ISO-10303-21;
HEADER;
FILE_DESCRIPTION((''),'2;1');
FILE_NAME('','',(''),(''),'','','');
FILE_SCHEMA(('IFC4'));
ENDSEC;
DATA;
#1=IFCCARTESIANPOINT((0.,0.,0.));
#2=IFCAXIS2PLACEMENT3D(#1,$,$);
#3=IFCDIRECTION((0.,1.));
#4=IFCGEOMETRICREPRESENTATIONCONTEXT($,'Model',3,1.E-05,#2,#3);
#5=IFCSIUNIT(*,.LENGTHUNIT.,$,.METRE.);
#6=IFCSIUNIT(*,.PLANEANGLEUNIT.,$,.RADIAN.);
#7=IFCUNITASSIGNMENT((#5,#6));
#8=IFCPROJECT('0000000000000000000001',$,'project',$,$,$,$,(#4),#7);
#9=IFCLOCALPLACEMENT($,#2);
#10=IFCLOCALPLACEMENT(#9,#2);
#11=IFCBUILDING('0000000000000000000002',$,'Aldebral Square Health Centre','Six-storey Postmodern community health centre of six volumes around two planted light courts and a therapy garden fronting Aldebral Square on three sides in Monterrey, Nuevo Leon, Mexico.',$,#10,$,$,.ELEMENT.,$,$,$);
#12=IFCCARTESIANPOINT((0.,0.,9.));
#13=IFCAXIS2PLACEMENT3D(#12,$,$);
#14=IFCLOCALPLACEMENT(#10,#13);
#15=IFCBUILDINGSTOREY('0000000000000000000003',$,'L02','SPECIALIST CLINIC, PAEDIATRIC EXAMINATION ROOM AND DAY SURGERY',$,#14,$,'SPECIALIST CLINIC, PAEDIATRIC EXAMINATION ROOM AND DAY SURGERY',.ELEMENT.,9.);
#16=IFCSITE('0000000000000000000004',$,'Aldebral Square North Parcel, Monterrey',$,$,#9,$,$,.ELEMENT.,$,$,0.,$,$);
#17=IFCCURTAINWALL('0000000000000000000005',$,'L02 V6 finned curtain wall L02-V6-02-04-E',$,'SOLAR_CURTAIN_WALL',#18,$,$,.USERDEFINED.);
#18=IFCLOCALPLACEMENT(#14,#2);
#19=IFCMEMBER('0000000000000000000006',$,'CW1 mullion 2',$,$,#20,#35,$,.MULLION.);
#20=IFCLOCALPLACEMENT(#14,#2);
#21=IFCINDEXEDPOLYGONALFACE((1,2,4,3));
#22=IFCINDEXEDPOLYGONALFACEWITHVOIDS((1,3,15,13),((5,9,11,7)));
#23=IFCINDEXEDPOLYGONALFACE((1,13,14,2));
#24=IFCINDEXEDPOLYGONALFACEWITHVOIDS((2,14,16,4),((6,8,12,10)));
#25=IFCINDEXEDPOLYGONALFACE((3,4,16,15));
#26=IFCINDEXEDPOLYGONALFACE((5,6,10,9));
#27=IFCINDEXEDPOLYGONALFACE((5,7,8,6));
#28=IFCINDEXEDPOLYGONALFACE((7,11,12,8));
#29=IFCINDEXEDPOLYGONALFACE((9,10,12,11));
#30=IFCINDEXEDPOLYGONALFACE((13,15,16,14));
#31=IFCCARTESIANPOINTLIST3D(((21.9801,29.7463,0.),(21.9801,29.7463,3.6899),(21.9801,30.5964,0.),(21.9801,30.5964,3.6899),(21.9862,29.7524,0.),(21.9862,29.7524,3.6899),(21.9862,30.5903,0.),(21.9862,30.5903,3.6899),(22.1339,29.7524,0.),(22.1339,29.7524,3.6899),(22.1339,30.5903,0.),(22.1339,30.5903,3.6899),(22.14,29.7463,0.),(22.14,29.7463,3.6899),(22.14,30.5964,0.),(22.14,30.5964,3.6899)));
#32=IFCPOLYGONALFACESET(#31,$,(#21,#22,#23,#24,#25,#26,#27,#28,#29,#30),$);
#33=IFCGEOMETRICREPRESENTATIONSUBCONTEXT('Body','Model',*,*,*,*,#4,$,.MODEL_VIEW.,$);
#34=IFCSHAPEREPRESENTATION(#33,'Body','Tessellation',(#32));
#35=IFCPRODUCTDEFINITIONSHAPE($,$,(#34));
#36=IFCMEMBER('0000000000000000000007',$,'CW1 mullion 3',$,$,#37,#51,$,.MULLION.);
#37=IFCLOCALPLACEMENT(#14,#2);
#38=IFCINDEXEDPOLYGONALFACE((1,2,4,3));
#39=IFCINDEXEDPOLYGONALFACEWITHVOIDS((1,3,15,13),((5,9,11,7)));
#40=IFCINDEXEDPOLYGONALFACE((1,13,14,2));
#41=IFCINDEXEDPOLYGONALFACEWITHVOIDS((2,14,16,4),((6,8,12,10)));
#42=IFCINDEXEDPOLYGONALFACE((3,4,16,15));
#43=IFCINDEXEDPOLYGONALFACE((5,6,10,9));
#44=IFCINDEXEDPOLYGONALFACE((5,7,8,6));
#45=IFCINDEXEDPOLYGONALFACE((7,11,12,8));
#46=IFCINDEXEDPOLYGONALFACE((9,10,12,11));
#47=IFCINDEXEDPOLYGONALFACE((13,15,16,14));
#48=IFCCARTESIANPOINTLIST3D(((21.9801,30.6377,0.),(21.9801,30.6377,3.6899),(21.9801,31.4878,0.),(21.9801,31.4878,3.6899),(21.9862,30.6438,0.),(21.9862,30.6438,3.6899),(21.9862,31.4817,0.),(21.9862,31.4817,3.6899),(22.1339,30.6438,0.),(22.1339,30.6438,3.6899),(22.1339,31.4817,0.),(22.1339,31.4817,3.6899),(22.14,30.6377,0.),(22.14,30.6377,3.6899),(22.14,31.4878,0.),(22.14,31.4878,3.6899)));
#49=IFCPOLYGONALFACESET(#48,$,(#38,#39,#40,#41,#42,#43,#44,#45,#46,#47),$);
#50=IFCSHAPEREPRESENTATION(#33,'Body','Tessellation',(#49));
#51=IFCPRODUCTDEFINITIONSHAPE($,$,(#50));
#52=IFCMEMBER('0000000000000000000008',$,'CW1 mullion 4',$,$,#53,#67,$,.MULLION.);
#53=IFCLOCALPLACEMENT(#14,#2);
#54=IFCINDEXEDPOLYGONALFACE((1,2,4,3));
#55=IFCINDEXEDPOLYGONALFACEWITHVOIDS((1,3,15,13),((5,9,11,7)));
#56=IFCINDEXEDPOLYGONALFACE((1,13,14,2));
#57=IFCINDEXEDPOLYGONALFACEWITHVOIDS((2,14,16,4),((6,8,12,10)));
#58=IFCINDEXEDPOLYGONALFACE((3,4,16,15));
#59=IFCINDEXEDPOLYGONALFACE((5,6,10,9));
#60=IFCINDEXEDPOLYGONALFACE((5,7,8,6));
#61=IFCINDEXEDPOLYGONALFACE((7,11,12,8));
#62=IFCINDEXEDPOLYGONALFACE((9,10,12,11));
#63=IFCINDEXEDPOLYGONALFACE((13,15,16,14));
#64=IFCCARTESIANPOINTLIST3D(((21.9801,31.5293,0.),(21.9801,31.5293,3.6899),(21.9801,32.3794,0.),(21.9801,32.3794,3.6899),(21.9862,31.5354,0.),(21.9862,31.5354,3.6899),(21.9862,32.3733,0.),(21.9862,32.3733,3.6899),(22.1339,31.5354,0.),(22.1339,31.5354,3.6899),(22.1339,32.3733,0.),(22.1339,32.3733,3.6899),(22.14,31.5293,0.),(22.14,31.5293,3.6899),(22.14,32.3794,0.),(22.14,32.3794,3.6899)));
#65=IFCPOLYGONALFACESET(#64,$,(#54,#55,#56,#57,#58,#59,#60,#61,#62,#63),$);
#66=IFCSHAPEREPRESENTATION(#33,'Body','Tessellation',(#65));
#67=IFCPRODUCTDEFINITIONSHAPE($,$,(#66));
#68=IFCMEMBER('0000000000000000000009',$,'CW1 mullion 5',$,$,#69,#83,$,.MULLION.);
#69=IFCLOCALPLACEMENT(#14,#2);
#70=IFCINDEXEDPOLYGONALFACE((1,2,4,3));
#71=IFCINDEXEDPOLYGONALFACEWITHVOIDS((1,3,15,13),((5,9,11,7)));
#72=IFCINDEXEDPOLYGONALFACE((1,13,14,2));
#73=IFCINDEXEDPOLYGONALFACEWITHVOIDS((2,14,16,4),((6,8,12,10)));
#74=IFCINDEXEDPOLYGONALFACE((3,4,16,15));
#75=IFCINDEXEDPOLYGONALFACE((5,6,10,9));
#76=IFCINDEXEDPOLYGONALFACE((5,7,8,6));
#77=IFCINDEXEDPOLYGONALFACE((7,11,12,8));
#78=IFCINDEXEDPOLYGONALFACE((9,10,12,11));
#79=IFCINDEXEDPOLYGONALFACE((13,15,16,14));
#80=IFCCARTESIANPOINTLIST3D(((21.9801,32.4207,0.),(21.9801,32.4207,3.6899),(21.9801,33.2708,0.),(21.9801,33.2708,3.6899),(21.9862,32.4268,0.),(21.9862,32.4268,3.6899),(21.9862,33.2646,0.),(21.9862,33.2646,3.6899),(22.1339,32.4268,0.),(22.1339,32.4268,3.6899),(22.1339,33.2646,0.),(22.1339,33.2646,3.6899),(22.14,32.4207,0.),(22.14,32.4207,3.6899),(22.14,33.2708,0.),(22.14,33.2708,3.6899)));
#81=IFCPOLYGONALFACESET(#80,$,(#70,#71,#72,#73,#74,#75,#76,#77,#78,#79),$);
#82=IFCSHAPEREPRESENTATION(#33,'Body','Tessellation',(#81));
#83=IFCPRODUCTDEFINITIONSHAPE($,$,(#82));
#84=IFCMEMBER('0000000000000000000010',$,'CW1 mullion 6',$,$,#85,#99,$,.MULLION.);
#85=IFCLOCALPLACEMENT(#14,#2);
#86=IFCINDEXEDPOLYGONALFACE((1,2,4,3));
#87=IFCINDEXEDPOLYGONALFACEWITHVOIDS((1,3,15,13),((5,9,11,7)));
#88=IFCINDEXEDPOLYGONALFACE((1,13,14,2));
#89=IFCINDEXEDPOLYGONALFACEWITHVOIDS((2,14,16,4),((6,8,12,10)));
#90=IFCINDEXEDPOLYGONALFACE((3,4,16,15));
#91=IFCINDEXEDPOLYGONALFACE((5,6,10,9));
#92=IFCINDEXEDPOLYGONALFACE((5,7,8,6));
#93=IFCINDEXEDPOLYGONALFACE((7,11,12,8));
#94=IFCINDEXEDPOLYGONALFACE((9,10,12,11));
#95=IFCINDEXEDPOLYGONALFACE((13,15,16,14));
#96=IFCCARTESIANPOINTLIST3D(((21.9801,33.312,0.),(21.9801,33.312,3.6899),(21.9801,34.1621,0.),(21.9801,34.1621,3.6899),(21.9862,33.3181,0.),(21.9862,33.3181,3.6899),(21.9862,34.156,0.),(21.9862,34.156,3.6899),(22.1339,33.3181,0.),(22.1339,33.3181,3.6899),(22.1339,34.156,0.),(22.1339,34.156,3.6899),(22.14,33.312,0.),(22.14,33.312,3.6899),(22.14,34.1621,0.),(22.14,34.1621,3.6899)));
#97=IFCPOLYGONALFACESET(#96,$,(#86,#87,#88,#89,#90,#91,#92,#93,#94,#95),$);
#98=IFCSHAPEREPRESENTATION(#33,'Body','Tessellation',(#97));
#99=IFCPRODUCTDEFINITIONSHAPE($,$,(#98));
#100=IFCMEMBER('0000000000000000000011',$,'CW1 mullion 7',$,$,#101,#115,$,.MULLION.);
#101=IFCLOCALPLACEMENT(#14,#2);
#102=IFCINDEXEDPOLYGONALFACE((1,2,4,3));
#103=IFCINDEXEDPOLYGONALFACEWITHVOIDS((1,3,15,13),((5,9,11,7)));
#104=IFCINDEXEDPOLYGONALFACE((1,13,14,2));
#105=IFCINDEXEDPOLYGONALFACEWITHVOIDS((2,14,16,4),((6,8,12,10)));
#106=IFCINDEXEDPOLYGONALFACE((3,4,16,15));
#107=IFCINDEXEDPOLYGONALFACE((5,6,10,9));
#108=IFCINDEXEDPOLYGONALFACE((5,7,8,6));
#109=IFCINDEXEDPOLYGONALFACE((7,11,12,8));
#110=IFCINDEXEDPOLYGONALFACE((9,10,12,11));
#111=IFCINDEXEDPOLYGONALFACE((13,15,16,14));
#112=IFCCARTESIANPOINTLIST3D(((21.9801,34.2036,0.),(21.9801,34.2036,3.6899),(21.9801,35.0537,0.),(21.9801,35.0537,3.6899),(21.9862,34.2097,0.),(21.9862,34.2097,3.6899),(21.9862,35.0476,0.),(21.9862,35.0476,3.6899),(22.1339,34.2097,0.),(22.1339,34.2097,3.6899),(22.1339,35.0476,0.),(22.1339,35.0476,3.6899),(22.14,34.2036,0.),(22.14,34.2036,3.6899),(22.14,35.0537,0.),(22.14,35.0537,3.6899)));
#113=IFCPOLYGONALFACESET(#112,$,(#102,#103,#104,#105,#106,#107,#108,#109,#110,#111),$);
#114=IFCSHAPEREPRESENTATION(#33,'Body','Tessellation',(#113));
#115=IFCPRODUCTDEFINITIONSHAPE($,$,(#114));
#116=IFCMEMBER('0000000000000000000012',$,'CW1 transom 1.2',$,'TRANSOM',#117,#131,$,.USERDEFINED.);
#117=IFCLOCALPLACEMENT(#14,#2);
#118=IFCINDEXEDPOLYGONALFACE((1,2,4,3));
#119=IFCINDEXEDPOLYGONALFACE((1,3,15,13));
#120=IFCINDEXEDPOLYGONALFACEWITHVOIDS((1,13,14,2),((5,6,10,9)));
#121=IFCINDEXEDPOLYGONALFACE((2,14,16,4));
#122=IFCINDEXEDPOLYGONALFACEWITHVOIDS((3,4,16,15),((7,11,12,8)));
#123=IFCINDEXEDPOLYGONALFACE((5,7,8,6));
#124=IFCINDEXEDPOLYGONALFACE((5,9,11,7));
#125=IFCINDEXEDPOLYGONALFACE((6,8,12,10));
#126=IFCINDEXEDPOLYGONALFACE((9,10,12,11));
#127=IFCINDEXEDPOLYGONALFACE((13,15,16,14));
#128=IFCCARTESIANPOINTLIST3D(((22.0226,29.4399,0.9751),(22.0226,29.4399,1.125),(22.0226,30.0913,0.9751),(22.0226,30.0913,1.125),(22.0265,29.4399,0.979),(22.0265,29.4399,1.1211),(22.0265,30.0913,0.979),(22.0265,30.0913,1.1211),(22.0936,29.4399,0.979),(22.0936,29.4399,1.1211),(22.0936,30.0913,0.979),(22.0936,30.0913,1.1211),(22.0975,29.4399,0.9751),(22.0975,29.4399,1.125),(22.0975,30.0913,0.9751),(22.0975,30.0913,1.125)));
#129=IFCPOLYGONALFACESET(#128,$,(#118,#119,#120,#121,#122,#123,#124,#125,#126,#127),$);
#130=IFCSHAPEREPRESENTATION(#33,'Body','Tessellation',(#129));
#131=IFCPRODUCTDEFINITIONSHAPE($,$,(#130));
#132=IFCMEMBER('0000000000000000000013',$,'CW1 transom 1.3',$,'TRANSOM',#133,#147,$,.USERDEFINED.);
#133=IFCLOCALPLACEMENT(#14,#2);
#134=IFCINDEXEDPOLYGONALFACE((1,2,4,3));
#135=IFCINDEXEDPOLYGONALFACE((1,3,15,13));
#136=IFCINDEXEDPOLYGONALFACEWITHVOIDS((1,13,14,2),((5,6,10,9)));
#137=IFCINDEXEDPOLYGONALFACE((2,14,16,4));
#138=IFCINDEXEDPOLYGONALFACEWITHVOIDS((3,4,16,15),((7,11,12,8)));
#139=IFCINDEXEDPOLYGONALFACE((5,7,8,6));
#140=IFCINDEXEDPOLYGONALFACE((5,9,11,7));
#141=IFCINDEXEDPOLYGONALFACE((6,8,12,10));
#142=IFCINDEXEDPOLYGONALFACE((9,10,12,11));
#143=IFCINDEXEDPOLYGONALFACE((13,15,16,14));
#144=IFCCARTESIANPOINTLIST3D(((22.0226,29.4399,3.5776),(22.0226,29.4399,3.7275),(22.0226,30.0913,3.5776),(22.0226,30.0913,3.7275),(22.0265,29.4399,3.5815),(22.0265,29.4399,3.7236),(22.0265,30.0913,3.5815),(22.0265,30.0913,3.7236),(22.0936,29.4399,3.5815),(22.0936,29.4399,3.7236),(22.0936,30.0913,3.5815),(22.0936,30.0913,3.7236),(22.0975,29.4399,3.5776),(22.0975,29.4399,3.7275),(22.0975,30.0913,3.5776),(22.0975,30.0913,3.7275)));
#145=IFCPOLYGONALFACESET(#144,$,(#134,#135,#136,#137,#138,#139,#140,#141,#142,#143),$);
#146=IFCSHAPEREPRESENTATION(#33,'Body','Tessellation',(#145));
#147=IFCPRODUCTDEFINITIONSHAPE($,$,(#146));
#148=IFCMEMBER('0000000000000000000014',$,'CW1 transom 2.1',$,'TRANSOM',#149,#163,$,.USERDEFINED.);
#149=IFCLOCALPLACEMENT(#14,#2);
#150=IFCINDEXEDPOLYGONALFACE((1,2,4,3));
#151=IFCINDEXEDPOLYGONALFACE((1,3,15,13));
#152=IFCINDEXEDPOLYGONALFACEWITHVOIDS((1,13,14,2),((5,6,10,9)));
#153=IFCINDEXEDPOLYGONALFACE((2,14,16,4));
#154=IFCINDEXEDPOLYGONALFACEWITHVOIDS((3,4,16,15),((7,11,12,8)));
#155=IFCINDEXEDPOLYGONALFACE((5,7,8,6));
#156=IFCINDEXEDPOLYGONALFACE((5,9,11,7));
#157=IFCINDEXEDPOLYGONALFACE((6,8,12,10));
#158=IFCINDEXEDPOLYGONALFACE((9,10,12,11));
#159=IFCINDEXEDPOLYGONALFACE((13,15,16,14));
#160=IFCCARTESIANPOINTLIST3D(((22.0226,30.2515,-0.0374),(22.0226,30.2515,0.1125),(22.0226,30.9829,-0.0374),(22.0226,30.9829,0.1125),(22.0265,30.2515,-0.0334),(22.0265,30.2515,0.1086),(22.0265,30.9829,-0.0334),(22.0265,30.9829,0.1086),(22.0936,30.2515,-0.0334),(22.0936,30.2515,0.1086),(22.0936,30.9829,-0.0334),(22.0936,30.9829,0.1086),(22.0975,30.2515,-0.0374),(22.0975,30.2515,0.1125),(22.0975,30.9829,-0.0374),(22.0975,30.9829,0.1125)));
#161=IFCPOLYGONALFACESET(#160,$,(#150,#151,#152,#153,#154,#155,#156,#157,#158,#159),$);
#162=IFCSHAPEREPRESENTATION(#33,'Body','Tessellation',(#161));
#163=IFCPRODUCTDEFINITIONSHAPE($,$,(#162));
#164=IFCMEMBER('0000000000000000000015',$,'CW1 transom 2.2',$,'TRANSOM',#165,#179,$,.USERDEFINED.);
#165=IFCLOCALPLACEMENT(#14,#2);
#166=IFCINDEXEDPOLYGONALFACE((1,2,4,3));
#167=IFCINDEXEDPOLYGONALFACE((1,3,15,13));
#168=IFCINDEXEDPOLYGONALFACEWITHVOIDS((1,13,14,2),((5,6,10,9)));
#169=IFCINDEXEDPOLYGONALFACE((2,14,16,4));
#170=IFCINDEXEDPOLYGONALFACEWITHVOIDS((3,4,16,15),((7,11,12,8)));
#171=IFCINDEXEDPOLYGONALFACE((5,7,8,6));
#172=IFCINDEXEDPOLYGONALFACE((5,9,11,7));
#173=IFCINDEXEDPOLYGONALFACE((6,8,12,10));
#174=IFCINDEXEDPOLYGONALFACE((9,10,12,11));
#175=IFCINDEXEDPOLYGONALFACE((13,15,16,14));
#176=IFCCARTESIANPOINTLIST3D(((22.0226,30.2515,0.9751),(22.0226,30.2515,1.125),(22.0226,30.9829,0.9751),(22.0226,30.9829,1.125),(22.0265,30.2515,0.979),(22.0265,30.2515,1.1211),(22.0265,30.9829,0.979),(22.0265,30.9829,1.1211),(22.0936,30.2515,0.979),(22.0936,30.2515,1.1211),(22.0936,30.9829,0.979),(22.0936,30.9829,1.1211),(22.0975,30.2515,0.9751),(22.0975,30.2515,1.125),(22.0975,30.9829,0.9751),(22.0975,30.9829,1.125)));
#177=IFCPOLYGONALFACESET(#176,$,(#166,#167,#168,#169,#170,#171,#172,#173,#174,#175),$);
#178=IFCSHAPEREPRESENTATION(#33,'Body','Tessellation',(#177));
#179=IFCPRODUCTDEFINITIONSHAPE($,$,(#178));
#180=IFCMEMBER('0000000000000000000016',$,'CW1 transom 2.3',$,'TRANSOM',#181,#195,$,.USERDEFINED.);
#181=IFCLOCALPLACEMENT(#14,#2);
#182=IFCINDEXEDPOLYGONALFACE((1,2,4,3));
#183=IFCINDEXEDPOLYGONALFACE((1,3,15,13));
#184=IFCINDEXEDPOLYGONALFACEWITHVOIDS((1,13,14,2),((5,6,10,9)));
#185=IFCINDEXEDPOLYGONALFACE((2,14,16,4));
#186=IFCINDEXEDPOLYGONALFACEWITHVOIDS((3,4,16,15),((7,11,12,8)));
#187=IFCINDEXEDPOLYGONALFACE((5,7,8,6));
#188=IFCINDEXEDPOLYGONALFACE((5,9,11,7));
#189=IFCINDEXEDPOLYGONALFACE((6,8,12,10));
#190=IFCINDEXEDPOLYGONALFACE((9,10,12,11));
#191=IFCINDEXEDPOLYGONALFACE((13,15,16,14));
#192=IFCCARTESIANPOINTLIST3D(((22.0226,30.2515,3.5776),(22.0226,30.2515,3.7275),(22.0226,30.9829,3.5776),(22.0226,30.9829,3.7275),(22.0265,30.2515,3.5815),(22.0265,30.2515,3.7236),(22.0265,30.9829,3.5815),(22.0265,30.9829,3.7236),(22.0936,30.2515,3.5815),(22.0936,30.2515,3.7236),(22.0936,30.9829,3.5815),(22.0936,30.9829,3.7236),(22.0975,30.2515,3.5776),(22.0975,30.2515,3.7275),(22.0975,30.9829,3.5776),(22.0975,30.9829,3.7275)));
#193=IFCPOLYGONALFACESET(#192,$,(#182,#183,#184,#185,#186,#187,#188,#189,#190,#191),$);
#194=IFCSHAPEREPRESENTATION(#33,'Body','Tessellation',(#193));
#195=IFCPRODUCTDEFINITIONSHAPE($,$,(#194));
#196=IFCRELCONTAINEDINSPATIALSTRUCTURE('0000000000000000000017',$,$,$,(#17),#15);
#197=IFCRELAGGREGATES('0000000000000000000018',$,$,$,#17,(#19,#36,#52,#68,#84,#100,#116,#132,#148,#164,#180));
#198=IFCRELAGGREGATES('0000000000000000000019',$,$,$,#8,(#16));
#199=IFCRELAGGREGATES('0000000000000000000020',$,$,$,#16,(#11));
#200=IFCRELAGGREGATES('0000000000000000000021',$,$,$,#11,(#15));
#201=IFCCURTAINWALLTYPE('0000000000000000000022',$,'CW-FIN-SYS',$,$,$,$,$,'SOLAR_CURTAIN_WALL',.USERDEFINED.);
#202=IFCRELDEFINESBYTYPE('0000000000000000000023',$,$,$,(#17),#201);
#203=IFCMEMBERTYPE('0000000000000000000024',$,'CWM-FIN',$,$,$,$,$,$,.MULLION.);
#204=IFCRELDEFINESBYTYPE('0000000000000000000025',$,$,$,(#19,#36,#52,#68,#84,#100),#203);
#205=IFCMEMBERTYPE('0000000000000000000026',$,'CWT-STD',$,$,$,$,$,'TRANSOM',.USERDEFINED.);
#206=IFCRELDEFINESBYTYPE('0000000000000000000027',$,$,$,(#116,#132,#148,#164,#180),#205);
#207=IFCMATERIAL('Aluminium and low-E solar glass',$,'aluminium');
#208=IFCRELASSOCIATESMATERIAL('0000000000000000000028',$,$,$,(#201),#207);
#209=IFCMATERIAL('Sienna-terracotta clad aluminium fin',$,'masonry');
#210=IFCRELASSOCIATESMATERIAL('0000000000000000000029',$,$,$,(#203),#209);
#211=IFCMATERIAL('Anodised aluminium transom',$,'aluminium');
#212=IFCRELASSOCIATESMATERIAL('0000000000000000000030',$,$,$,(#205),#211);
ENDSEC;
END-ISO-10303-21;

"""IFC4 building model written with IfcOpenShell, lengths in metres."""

from ifc_helpers import new_model, si_unit, direction, frame, origin, origin_2d, place, context, subcontext, project, spatial, hollow_rectangle, extrude, material, material_profile, profile_set, type_object, element, aggregate, save


model = new_model("IFC4")

# Units and contexts
model_context = context("Model", 3, precision=1e-05, world=origin(), true_north=direction((0.0, 1.0)))
body_context = subcontext(model_context, "Body", "Model", "MODEL_VIEW")
ifc_project = project(units=[si_unit("LENGTHUNIT", "METRE"), si_unit("PLANEANGLEUNIT", "RADIAN")], contexts=[model_context])

# Site, building, storey
site_placement = place(None, origin())
site = spatial("IfcSite", under=ifc_project, at=site_placement, Name="Aldebral Square North Parcel, Monterrey", CompositionType="ELEMENT", RefElevation=0.0)
building_placement = place(site_placement, origin())
building = spatial("IfcBuilding", under=site, at=building_placement, Name="Aldebral Square Health Centre", Description="Six-storey Postmodern community health centre of six volumes around two planted light courts and a therapy garden fronting Aldebral Square on three sides in Monterrey, Nuevo Leon, Mexico.", CompositionType="ELEMENT")
storey_placement = place(building_placement, frame((0.0, 0.0, 9.0)))
storey = spatial("IfcBuildingStorey", under=building, at=storey_placement, Name="L02", Description="SPECIALIST CLINIC, PAEDIATRIC EXAMINATION ROOM AND DAY SURGERY", LongName="SPECIALIST CLINIC, PAEDIATRIC EXAMINATION ROOM AND DAY SURGERY", CompositionType="ELEMENT", Elevation=9.0)

# Curtain wall, members
ifc_material_1 = material(Name="Aluminium and low-E solar glass", Category="aluminium")
curtain_wall_type = type_object("IfcCurtainWallType", Name="CW-FIN-SYS", ElementType="SOLAR_CURTAIN_WALL", PredefinedType="USERDEFINED", material=ifc_material_1)
curtain_wall_placement = place(storey_placement, origin())
curtain_wall = element("IfcCurtainWall", 1, at=curtain_wall_placement, inside=storey, type_object=curtain_wall_type, Name="L02 V6 finned curtain wall L02-V6-02-04-E", ObjectType="SOLAR_CURTAIN_WALL", PredefinedType="USERDEFINED")
ifc_material_2 = material(Name="Sienna-terracotta clad aluminium fin", Category="masonry")
ifc_material_profile_1 = material_profile(ifc_material_2, hollow_rectangle(XDim=0.1599, YDim=0.8501, WallThickness=0.0061, at=origin_2d()), Name="FIN 160x850x6")
ifc_profile_set_1 = profile_set([ifc_material_profile_1], Name="Sienna-terracotta clad aluminium fin")
member_type_1 = type_object("IfcMemberType", Name="CWM-FIN", PredefinedType="MULLION", material=ifc_profile_set_1)
member_1_placement = place(storey_placement, frame((22.0601, 30.1714, 0.0), z_axis=(0.0, 0.0, 1.0), x_axis=(-1.0, 0.0, 0.0)))
member_1 = element("IfcMember", 2, at=member_1_placement, type_object=member_type_1, Name="CW1 mullion 2", PredefinedType="MULLION", context=body_context, shape_type="SweptSolid", body=[
    extrude(hollow_rectangle(XDim=0.1599, YDim=0.8501, WallThickness=0.0061, at=origin_2d()), origin(), (0.0, 0.0, 1.0), 3.6899),
])
member_2_placement = place(storey_placement, frame((22.0601, 31.0627, 0.0), z_axis=(0.0, 0.0, 1.0), x_axis=(-1.0, 0.0, 0.0)))
member_2 = element("IfcMember", 3, at=member_2_placement, type_object=member_type_1, Name="CW1 mullion 3", PredefinedType="MULLION", context=body_context, shape_type="SweptSolid", body=[
    extrude(hollow_rectangle(XDim=0.1599, YDim=0.8501, WallThickness=0.0061, at=origin_2d()), origin(), (0.0, 0.0, 1.0), 3.6899),
])
member_3_placement = place(storey_placement, frame((22.0601, 31.9543, 0.0), z_axis=(0.0, 0.0, 1.0), x_axis=(-1.0, 0.0, 0.0)))
member_3 = element("IfcMember", 4, at=member_3_placement, type_object=member_type_1, Name="CW1 mullion 4", PredefinedType="MULLION", context=body_context, shape_type="SweptSolid", body=[
    extrude(hollow_rectangle(XDim=0.1599, YDim=0.8501, WallThickness=0.0061, at=origin_2d()), origin(), (0.0, 0.0, 1.0), 3.6899),
])
member_4_placement = place(storey_placement, frame((22.0601, 32.8457, 0.0), z_axis=(0.0, 0.0, 1.0), x_axis=(-1.0, 0.0, 0.0)))
member_4 = element("IfcMember", 5, at=member_4_placement, type_object=member_type_1, Name="CW1 mullion 5", PredefinedType="MULLION", context=body_context, shape_type="SweptSolid", body=[
    extrude(hollow_rectangle(XDim=0.1599, YDim=0.8501, WallThickness=0.0061, at=origin_2d()), origin(), (0.0, 0.0, 1.0), 3.6899),
])
member_5_placement = place(storey_placement, frame((22.0601, 33.7371, 0.0), z_axis=(0.0, 0.0, 1.0), x_axis=(-1.0, 0.0, 0.0)))
member_5 = element("IfcMember", 6, at=member_5_placement, type_object=member_type_1, Name="CW1 mullion 6", PredefinedType="MULLION", context=body_context, shape_type="SweptSolid", body=[
    extrude(hollow_rectangle(XDim=0.1599, YDim=0.8501, WallThickness=0.0061, at=origin_2d()), origin(), (0.0, 0.0, 1.0), 3.6899),
])
member_6_placement = place(storey_placement, frame((22.0601, 34.6287, 0.0), z_axis=(0.0, 0.0, 1.0), x_axis=(-1.0, 0.0, 0.0)))
member_6 = element("IfcMember", 7, at=member_6_placement, type_object=member_type_1, Name="CW1 mullion 7", PredefinedType="MULLION", context=body_context, shape_type="SweptSolid", body=[
    extrude(hollow_rectangle(XDim=0.1599, YDim=0.8501, WallThickness=0.0061, at=origin_2d()), origin(), (0.0, 0.0, 1.0), 3.6899),
])
ifc_material_3 = material(Name="Anodised aluminium transom", Category="aluminium")
ifc_material_profile_2 = material_profile(ifc_material_3, hollow_rectangle(XDim=0.075, YDim=0.1499, WallThickness=0.0039, at=origin_2d()), Name="CWT 75x150x4")
ifc_profile_set_2 = profile_set([ifc_material_profile_2], Name="Anodised aluminium transom")
member_type_2 = type_object("IfcMemberType", Name="CWT-STD", ElementType="TRANSOM", PredefinedType="USERDEFINED", material=ifc_profile_set_2)
member_7_placement = place(storey_placement, frame((22.0601, 29.4399, 1.05), z_axis=(0.0, 1.0, 0.0), x_axis=(-1.0, 0.0, 0.0)))
member_7 = element("IfcMember", 8, at=member_7_placement, type_object=member_type_2, Name="CW1 transom 1.2", ObjectType="TRANSOM", PredefinedType="USERDEFINED", context=body_context, shape_type="SweptSolid", body=[
    extrude(hollow_rectangle(XDim=0.075, YDim=0.1499, WallThickness=0.0039, at=origin_2d()), origin(), (0.0, 0.0, 1.0), 0.6514),
])
member_8_placement = place(storey_placement, frame((22.0601, 29.4399, 3.6526), z_axis=(0.0, 1.0, 0.0), x_axis=(-1.0, 0.0, 0.0)))
member_8 = element("IfcMember", 9, at=member_8_placement, type_object=member_type_2, Name="CW1 transom 1.3", ObjectType="TRANSOM", PredefinedType="USERDEFINED", context=body_context, shape_type="SweptSolid", body=[
    extrude(hollow_rectangle(XDim=0.075, YDim=0.1499, WallThickness=0.0039, at=origin_2d()), origin(), (0.0, 0.0, 1.0), 0.6514),
])
member_9_placement = place(storey_placement, frame((22.0601, 30.2515, 0.0376), z_axis=(0.0, 1.0, 0.0), x_axis=(-1.0, 0.0, 0.0)))
member_9 = element("IfcMember", 10, at=member_9_placement, type_object=member_type_2, Name="CW1 transom 2.1", ObjectType="TRANSOM", PredefinedType="USERDEFINED", context=body_context, shape_type="SweptSolid", body=[
    extrude(hollow_rectangle(XDim=0.075, YDim=0.1499, WallThickness=0.0039, at=origin_2d()), origin(), (0.0, 0.0, 1.0), 0.7314),
])
member_10_placement = place(storey_placement, frame((22.0601, 30.2515, 1.05), z_axis=(0.0, 1.0, 0.0), x_axis=(-1.0, 0.0, 0.0)))
member_10 = element("IfcMember", 11, at=member_10_placement, type_object=member_type_2, Name="CW1 transom 2.2", ObjectType="TRANSOM", PredefinedType="USERDEFINED", context=body_context, shape_type="SweptSolid", body=[
    extrude(hollow_rectangle(XDim=0.075, YDim=0.1499, WallThickness=0.0039, at=origin_2d()), origin(), (0.0, 0.0, 1.0), 0.7314),
])
member_11_placement = place(storey_placement, frame((22.0601, 30.2515, 3.6526), z_axis=(0.0, 1.0, 0.0), x_axis=(-1.0, 0.0, 0.0)))
member_11 = element("IfcMember", 12, at=member_11_placement, type_object=member_type_2, Name="CW1 transom 2.3", ObjectType="TRANSOM", PredefinedType="USERDEFINED", context=body_context, shape_type="SweptSolid", body=[
    extrude(hollow_rectangle(XDim=0.075, YDim=0.1499, WallThickness=0.0039, at=origin_2d()), origin(), (0.0, 0.0, 1.0), 0.7314),
])
aggregate(curtain_wall, [member_1, member_2, member_3, member_4, member_5, member_6, member_7, member_8, member_9, member_10, member_11])

save(model, "model.ifc")
